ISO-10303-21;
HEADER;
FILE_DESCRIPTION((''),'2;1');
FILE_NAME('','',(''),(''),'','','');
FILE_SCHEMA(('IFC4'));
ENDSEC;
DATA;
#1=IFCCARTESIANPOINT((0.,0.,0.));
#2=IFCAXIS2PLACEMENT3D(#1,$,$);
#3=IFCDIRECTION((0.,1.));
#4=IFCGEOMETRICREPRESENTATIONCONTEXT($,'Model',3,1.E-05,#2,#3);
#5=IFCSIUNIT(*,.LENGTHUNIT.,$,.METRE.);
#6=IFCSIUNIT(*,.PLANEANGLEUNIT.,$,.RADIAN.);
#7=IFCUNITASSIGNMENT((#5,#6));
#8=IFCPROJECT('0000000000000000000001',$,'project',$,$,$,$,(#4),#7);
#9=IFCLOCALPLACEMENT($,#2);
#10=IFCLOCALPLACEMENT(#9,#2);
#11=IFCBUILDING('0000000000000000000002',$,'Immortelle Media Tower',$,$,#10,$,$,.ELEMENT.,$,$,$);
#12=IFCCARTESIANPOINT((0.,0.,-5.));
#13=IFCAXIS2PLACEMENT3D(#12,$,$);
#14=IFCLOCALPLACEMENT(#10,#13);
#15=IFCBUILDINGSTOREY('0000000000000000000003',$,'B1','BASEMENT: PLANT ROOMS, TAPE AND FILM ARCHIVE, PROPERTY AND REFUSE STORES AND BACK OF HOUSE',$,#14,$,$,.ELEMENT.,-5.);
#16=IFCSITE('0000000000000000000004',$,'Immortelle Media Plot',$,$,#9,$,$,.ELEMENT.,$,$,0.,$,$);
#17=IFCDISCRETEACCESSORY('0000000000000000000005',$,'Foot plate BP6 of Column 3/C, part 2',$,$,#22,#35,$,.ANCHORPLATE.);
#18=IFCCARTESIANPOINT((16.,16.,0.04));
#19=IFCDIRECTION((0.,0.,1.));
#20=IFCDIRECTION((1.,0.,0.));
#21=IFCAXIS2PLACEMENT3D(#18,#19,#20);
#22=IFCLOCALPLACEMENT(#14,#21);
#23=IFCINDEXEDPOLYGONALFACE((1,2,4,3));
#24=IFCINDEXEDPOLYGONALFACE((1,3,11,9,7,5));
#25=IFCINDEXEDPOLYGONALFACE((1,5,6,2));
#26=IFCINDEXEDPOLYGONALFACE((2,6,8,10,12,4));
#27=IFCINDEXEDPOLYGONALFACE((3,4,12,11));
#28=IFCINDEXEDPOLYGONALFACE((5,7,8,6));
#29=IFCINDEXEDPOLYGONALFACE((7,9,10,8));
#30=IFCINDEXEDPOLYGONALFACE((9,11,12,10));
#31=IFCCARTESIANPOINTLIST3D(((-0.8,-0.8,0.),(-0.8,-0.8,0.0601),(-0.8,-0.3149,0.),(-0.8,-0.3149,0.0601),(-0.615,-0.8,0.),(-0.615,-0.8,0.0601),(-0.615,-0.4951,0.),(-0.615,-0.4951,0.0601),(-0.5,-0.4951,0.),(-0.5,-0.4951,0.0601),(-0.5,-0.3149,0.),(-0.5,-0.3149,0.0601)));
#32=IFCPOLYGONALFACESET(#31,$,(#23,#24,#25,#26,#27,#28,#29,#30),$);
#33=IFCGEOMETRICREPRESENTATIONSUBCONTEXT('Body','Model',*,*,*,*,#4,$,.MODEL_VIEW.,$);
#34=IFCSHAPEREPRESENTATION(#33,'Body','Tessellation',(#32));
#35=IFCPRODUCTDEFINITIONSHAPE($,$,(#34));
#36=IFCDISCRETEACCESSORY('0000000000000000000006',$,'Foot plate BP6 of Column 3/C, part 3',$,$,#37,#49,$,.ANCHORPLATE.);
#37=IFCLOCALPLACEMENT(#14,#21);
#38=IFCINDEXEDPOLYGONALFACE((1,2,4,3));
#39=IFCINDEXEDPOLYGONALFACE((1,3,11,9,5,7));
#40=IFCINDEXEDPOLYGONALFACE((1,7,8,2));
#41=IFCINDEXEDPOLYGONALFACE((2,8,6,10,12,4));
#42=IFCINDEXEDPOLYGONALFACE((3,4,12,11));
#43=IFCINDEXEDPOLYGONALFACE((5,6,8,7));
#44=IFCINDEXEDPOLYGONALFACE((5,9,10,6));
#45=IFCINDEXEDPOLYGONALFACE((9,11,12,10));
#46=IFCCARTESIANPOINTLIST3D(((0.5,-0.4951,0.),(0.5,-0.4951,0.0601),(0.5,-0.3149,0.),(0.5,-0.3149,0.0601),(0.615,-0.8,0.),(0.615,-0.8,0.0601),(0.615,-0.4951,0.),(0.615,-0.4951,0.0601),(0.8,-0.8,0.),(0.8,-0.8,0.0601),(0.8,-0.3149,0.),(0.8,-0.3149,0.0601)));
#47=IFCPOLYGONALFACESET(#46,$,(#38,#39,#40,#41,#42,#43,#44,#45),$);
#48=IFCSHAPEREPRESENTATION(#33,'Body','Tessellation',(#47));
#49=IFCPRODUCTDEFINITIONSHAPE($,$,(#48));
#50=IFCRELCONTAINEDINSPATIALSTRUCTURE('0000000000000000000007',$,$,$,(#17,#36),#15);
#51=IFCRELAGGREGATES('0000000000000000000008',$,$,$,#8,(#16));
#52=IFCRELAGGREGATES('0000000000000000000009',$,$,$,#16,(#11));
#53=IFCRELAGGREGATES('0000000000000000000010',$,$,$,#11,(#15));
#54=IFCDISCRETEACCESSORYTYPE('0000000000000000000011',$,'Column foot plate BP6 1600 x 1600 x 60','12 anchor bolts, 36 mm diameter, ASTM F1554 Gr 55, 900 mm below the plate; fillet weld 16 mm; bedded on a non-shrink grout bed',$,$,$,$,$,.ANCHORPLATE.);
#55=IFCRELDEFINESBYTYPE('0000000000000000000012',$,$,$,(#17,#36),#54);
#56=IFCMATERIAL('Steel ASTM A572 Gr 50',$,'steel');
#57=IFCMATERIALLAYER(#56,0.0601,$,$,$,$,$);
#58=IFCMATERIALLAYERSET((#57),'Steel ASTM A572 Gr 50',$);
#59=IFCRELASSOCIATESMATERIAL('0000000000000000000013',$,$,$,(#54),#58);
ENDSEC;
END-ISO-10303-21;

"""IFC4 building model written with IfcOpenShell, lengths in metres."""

from ifc_helpers import new_model, si_unit, direction, frame, origin, place, context, subcontext, project, spatial, polyline, outline, extrude, material, layer, layer_set, type_object, element, save


model = new_model("IFC4")

# Units and contexts
model_context = context("Model", 3, precision=1e-05, world=origin(), true_north=direction((0.0, 1.0)))
body_context = subcontext(model_context, "Body", "Model", "MODEL_VIEW")
ifc_project = project(units=[si_unit("LENGTHUNIT", "METRE"), si_unit("PLANEANGLEUNIT", "RADIAN")], contexts=[model_context])

# Site, building, storey
site_placement = place(None, origin())
site = spatial("IfcSite", under=ifc_project, at=site_placement, Name="Immortelle Media Plot", CompositionType="ELEMENT", RefElevation=0.0)
building_placement = place(site_placement, origin())
building = spatial("IfcBuilding", under=site, at=building_placement, Name="Immortelle Media Tower", CompositionType="ELEMENT")
storey_placement = place(building_placement, frame((0.0, 0.0, -5.0)))
storey = spatial("IfcBuildingStorey", under=building, at=storey_placement, Name="B1", Description="BASEMENT: PLANT ROOMS, TAPE AND FILM ARCHIVE, PROPERTY AND REFUSE STORES AND BACK OF HOUSE", CompositionType="ELEMENT", Elevation=-5.0)

# Shared definitions
ifc_material_1 = material(Name="Steel ASTM A572 Gr 50", Category="steel")

# Discrete accessories
ifc_layer_1 = layer(ifc_material_1, 0.0601)
ifc_layer_set_1 = layer_set([ifc_layer_1], Name="Steel ASTM A572 Gr 50")
discrete_accessory_type = type_object("IfcDiscreteAccessoryType", Name="Column foot plate BP6 1600 x 1600 x 60", Description="12 anchor bolts, 36 mm diameter, ASTM F1554 Gr 55, 900 mm below the plate; fillet weld 16 mm; bedded on a non-shrink grout bed", PredefinedType="ANCHORPLATE", material=ifc_layer_set_1)
discrete_accessory_1_placement = place(storey_placement, frame((16.0, 16.0, 0.04), z_axis=(0.0, 0.0, 1.0), x_axis=(1.0, 0.0, 0.0)))
element("IfcDiscreteAccessory", 1, at=discrete_accessory_1_placement, inside=storey, type_object=discrete_accessory_type, Name="Foot plate BP6 of Column 3/C, part 2", PredefinedType="ANCHORPLATE", context=body_context, shape_type="SweptSolid", body=[
    extrude(outline(polyline([(-0.615, -0.4951), (-0.5, -0.4951), (-0.5, -0.3149), (-0.8, -0.3149), (-0.8, -0.8), (-0.615, -0.8), (-0.615, -0.4951)])), origin(), (0.0, 0.0, 1.0), 0.0601),
])
discrete_accessory_2_placement = place(storey_placement, frame((16.0, 16.0, 0.04), z_axis=(0.0, 0.0, 1.0), x_axis=(1.0, 0.0, 0.0)))
element("IfcDiscreteAccessory", 2, at=discrete_accessory_2_placement, inside=storey, type_object=discrete_accessory_type, Name="Foot plate BP6 of Column 3/C, part 3", PredefinedType="ANCHORPLATE", context=body_context, shape_type="SweptSolid", body=[
    extrude(outline(polyline([(0.615, -0.8), (0.8, -0.8), (0.8, -0.3149), (0.5, -0.3149), (0.5, -0.4951), (0.615, -0.4951), (0.615, -0.8)])), origin(), (0.0, 0.0, 1.0), 0.0601),
])

save(model, "model.ifc")
